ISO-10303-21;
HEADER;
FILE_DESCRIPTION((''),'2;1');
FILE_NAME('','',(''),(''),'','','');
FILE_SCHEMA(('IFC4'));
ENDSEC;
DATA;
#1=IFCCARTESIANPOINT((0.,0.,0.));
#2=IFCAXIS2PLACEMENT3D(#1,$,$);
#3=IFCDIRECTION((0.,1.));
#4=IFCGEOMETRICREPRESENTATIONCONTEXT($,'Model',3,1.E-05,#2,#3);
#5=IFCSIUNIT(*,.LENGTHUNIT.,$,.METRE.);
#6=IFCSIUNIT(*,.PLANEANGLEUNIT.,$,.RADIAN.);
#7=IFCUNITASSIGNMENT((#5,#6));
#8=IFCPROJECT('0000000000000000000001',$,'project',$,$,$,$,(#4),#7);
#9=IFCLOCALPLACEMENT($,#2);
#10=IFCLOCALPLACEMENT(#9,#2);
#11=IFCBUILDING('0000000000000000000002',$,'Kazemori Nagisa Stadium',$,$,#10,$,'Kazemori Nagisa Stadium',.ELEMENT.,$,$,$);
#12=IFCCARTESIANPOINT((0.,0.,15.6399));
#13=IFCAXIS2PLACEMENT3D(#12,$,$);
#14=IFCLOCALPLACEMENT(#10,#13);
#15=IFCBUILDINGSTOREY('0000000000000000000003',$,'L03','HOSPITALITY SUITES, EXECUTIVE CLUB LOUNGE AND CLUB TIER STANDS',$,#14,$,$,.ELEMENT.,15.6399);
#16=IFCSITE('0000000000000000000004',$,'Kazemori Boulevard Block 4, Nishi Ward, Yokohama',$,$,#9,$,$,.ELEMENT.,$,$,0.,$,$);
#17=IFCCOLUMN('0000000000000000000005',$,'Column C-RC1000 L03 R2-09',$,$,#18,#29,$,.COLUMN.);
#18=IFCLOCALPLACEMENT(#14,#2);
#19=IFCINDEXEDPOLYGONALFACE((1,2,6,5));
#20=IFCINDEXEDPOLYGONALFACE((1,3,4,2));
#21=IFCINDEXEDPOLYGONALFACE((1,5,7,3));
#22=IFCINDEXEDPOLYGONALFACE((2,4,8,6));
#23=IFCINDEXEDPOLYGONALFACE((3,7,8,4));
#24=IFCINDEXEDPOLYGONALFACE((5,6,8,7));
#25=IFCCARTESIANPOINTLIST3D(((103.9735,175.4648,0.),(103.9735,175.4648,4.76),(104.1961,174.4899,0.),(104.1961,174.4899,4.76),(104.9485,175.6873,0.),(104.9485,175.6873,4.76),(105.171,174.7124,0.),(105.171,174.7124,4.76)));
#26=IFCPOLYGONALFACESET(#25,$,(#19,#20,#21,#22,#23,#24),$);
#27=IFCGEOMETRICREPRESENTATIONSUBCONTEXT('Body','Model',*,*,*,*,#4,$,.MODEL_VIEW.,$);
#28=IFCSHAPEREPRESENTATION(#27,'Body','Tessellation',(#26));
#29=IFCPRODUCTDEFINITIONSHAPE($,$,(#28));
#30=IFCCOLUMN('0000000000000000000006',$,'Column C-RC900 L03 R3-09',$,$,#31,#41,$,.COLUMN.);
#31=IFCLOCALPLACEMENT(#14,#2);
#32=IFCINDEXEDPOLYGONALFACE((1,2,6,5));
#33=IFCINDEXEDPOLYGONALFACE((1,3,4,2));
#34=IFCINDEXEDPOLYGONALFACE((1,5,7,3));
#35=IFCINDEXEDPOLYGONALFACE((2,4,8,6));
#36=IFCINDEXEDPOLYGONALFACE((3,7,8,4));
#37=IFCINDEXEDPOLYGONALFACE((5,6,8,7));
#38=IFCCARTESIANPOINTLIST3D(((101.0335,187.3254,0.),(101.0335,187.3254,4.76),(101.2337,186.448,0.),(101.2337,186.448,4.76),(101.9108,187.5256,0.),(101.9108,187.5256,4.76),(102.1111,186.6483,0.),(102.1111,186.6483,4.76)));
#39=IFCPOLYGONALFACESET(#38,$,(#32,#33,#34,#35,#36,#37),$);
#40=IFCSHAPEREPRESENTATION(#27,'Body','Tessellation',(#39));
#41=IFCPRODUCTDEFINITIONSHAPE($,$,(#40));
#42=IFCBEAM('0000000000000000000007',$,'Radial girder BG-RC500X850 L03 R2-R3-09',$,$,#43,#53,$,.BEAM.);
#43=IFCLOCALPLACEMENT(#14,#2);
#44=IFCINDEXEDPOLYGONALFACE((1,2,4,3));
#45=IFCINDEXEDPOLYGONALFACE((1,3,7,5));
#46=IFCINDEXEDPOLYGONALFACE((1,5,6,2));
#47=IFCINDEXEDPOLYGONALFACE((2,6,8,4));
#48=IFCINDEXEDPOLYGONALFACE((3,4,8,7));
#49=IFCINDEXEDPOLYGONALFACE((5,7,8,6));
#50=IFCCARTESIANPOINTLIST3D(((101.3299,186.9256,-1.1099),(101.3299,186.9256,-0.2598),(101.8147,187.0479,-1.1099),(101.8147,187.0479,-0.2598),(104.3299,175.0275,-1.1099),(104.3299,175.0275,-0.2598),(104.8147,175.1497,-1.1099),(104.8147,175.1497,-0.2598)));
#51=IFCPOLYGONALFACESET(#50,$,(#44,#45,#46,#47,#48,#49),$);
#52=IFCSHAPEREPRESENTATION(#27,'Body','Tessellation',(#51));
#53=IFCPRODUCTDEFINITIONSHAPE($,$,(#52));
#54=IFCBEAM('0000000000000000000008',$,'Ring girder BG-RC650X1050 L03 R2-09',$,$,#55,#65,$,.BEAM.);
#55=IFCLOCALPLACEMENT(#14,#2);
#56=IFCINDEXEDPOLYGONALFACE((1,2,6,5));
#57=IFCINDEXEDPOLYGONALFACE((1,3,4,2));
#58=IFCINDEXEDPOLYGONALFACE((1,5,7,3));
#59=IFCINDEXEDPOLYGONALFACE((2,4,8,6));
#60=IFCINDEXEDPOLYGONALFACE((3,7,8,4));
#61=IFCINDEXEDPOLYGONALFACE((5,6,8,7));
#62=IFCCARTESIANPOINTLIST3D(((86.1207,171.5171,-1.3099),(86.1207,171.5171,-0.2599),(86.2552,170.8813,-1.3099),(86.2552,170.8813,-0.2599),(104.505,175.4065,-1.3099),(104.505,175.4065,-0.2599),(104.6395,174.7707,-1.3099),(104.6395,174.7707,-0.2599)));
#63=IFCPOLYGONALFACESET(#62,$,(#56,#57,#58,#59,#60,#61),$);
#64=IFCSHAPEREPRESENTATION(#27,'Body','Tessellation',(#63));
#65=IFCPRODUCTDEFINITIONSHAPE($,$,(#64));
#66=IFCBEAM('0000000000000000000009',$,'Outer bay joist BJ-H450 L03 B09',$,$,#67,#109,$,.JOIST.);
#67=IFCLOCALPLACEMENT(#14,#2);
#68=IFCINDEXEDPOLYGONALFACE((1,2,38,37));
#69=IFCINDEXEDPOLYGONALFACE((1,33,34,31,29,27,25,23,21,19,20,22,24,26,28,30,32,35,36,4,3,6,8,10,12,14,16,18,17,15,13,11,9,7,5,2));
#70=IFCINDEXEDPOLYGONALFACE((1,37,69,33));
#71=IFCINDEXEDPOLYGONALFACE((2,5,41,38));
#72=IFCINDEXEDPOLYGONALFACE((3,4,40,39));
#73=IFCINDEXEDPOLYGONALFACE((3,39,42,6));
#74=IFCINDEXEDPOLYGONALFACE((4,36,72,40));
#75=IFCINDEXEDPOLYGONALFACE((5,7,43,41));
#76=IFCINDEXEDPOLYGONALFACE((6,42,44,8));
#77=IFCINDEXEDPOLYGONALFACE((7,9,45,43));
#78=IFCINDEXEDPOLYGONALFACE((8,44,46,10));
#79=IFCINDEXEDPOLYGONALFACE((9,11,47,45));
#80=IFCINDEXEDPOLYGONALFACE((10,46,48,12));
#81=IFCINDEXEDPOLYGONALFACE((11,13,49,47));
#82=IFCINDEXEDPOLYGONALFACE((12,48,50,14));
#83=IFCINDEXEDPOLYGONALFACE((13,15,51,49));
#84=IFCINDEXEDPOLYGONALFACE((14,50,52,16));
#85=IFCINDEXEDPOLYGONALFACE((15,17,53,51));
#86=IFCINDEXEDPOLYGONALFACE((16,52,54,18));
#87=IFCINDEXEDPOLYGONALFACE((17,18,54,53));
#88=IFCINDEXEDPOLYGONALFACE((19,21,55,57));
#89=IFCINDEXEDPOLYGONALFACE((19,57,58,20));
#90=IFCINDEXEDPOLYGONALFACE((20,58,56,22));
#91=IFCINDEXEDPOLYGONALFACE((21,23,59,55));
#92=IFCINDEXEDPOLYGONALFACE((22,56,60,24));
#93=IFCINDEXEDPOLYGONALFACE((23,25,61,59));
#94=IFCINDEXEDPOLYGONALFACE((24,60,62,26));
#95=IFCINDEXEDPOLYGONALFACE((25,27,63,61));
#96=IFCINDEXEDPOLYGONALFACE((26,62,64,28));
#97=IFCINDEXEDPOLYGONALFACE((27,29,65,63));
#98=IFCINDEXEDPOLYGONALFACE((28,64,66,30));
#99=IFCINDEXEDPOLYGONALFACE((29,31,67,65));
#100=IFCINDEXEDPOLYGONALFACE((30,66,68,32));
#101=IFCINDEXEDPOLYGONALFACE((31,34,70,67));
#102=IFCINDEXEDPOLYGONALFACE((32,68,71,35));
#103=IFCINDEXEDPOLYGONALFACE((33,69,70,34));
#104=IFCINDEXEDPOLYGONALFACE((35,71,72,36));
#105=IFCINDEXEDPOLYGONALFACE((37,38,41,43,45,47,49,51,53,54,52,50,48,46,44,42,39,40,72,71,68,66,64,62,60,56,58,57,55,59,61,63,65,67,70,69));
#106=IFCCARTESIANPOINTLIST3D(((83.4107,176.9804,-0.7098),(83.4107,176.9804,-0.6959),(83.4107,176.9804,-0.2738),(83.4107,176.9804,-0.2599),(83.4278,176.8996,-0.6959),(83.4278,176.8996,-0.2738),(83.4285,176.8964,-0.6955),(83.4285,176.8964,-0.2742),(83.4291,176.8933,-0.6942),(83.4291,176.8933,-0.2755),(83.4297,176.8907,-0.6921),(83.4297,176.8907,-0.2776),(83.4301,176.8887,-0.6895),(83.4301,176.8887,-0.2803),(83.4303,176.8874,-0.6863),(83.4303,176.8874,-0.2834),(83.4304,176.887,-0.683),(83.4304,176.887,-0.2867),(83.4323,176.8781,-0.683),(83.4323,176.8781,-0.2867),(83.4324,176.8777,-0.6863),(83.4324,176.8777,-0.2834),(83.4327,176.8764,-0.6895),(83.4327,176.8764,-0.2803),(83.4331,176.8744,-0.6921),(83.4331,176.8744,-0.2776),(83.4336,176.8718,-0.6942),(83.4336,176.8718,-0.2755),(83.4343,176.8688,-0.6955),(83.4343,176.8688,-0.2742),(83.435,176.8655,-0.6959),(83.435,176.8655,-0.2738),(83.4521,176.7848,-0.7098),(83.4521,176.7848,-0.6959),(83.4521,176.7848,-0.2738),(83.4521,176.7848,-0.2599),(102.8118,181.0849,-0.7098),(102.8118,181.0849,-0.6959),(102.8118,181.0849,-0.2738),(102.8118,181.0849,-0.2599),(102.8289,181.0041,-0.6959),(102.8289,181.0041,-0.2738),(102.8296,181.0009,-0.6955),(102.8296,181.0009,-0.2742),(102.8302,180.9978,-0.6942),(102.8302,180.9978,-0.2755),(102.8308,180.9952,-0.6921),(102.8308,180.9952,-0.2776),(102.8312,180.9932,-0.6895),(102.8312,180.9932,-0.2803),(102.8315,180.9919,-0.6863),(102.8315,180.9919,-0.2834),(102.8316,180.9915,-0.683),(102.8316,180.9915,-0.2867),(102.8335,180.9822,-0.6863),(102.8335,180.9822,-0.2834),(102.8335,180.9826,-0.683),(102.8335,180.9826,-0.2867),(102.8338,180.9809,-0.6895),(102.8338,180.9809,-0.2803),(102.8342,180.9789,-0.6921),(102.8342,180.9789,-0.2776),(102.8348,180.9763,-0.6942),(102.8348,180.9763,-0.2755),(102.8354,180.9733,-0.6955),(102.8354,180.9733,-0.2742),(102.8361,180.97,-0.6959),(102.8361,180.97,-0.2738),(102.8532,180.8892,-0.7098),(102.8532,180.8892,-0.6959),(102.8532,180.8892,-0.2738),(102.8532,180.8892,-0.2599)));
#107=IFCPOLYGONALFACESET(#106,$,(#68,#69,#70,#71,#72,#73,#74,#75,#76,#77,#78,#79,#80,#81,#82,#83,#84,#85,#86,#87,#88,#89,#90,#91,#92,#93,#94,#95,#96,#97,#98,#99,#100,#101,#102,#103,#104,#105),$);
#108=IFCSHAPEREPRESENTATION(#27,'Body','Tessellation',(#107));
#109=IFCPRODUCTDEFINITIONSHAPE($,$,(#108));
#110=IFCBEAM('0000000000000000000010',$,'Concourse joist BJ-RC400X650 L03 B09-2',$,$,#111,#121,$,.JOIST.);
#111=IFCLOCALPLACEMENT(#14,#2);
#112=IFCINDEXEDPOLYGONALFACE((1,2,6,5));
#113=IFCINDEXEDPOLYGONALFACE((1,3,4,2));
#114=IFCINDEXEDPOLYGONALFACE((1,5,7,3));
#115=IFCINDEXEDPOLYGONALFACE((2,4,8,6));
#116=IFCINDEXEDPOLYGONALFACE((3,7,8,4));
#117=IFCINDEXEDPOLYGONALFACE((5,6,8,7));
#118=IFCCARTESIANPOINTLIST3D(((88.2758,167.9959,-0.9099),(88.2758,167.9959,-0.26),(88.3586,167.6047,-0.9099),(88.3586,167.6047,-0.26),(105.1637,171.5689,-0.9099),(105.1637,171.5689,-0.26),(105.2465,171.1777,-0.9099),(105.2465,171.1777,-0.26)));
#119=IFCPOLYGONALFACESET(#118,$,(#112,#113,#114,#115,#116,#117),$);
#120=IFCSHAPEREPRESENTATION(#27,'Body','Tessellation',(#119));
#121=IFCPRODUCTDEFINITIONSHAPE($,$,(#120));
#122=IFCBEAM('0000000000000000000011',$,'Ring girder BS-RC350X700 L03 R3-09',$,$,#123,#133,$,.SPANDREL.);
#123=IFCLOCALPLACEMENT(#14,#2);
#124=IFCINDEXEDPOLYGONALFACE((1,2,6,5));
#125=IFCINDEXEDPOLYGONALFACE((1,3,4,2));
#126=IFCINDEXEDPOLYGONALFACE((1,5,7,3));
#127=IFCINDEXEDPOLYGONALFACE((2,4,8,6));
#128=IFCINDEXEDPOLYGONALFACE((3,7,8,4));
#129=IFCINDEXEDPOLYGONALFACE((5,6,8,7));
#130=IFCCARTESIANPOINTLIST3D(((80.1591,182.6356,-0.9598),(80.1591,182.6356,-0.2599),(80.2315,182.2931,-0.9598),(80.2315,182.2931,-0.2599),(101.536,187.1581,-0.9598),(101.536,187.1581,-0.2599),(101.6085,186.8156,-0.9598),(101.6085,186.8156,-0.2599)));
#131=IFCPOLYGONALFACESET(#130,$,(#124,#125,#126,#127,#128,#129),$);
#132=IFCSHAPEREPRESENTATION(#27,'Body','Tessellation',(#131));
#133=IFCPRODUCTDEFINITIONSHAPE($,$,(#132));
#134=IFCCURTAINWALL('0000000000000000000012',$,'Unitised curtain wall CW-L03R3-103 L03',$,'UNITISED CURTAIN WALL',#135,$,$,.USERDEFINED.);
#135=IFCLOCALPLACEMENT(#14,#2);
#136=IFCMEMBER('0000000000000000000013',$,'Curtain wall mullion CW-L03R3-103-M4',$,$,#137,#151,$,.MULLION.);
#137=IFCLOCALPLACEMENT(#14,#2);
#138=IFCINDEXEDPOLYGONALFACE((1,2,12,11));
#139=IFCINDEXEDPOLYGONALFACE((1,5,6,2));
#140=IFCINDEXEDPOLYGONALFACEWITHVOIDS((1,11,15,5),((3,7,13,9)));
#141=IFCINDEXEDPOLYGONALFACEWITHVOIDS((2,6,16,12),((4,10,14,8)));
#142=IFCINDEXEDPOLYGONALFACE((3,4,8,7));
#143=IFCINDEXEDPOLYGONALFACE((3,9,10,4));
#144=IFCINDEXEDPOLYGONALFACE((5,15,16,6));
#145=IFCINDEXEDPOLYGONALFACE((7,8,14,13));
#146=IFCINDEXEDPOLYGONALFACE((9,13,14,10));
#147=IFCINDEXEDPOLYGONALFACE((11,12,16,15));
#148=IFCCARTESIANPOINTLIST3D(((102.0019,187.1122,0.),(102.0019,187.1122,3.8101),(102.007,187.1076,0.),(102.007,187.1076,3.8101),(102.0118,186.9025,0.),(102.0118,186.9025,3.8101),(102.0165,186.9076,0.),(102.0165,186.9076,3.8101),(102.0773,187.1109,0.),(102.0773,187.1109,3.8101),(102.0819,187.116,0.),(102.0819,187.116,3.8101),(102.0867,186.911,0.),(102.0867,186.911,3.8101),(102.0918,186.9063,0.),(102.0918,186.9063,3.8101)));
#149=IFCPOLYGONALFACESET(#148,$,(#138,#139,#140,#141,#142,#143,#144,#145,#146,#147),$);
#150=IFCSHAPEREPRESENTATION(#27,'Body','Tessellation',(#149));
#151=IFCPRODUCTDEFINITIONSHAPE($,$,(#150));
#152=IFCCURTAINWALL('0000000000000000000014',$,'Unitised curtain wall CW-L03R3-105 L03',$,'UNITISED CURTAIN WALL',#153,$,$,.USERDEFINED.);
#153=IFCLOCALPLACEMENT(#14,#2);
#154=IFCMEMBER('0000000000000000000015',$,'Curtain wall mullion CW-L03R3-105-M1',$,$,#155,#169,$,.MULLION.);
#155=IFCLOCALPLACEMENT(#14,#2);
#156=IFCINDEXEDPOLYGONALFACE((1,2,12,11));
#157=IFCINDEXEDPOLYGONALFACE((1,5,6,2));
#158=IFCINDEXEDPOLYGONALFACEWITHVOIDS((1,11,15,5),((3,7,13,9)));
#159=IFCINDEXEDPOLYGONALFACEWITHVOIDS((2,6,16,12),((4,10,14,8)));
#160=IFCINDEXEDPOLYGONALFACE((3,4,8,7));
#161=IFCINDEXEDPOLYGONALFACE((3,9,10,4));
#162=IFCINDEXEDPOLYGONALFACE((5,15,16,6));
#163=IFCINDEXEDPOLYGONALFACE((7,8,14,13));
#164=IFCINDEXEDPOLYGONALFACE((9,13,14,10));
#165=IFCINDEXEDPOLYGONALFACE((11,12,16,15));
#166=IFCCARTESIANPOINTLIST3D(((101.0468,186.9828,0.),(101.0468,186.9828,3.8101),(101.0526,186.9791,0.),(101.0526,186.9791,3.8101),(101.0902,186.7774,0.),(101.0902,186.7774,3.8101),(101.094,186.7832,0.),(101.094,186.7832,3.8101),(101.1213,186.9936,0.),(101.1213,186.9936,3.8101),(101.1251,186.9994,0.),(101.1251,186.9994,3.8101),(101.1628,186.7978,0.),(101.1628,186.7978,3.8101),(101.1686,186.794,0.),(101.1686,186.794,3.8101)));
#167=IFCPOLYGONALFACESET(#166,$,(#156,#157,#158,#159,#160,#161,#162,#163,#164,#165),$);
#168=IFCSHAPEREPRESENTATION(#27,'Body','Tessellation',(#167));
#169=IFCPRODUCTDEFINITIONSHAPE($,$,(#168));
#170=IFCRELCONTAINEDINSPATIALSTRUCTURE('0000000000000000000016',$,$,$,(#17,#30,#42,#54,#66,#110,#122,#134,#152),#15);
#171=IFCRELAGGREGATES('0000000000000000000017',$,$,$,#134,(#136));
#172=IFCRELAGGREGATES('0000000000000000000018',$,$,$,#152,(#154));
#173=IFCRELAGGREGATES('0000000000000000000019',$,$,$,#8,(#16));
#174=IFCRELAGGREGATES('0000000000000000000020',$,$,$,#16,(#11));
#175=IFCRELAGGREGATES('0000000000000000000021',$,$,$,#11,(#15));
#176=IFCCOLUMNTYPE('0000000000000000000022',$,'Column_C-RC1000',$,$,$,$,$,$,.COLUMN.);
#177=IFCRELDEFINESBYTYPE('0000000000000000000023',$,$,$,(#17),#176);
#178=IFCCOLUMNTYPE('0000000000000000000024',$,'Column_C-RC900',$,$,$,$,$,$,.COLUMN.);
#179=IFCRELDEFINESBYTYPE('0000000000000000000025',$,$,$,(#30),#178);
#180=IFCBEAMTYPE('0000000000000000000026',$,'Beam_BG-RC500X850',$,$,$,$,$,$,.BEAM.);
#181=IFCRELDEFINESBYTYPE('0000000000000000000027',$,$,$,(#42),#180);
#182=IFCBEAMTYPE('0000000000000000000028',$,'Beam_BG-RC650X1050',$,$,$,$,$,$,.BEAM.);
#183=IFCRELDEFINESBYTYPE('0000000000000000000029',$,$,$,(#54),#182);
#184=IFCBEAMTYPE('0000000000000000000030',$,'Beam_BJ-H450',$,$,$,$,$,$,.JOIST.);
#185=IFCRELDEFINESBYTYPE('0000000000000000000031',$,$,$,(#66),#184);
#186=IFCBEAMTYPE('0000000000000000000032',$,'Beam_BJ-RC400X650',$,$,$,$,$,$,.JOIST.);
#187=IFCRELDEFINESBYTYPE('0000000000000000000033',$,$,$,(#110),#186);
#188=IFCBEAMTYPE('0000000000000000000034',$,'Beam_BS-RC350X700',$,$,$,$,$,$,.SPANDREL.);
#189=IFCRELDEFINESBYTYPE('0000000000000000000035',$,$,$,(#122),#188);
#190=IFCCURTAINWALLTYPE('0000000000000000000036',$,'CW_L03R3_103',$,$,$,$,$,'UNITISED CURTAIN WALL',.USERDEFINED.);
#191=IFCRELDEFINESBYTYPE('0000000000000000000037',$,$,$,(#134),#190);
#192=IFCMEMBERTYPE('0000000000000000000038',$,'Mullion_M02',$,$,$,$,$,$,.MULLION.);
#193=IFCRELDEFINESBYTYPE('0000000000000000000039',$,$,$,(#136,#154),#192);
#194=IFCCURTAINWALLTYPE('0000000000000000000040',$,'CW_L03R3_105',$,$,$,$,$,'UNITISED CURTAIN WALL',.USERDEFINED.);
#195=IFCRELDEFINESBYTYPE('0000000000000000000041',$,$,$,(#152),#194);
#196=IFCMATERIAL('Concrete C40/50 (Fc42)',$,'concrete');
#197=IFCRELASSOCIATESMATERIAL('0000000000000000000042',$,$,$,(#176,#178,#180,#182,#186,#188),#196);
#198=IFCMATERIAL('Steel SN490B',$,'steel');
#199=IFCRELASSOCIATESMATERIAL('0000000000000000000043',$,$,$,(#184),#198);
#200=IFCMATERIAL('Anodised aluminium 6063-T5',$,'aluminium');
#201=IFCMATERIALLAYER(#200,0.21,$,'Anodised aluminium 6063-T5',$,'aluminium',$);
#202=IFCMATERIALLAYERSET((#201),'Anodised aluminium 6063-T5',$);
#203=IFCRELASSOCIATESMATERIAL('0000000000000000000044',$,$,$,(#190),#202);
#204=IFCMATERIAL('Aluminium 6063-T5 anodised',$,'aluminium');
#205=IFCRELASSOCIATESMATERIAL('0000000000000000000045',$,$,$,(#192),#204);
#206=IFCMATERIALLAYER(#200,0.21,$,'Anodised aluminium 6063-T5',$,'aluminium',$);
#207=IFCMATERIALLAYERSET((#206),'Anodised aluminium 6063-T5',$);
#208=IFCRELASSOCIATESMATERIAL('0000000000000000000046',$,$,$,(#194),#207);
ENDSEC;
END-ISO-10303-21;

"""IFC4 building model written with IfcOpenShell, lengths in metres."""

from ifc_helpers import new_model, si_unit, direction, frame, origin, origin_2d, place, context, subcontext, project, spatial, rectangle, hollow_rectangle, i_section, extrude, material, layer, layer_set, material_profile, profile_set, type_object, element, aggregate, save


model = new_model("IFC4")

# Units and contexts
model_context = context("Model", 3, precision=1e-05, world=origin(), true_north=direction((0.0, 1.0)))
body_context = subcontext(model_context, "Body", "Model", "MODEL_VIEW")
ifc_project = project(units=[si_unit("LENGTHUNIT", "METRE"), si_unit("PLANEANGLEUNIT", "RADIAN")], contexts=[model_context])

# Site, building, storey
site_placement = place(None, origin())
site = spatial("IfcSite", under=ifc_project, at=site_placement, Name="Kazemori Boulevard Block 4, Nishi Ward, Yokohama", CompositionType="ELEMENT", RefElevation=0.0)
building_placement = place(site_placement, origin())
building = spatial("IfcBuilding", under=site, at=building_placement, Name="Kazemori Nagisa Stadium", LongName="Kazemori Nagisa Stadium", CompositionType="ELEMENT")
storey_placement = place(building_placement, frame((0.0, 0.0, 15.6399)))
storey = spatial("IfcBuildingStorey", under=building, at=storey_placement, Name="L03", Description="HOSPITALITY SUITES, EXECUTIVE CLUB LOUNGE AND CLUB TIER STANDS", CompositionType="ELEMENT", Elevation=15.6399)

# Columns
ifc_material_1 = material(Name="Concrete C40/50 (Fc42)", Category="concrete")
ifc_material_profile_1 = material_profile(ifc_material_1, rectangle(XDim=1.0, YDim=1.0, at=origin_2d()), Name="RC-COL-1000x1000")
ifc_profile_set_1 = profile_set([ifc_material_profile_1], Name="Concrete C40/50 (Fc42)")
column_type_1 = type_object("IfcColumnType", Name="Column_C-RC1000", PredefinedType="COLUMN", material=ifc_profile_set_1)
column_1_placement = place(storey_placement, frame((104.5723, 175.0886, 0.0), z_axis=(0.0, 0.0, 1.0), x_axis=(-0.222521, 0.974928, 0.0)))
element("IfcColumn", 1, at=column_1_placement, inside=storey, type_object=column_type_1, Name="Column C-RC1000 L03 R2-09", PredefinedType="COLUMN", context=body_context, shape_type="SweptSolid", body=[
    extrude(rectangle(XDim=1.0, YDim=1.0, at=origin_2d()), origin(), (0.0, 0.0, 1.0), 4.76),
])
ifc_material_profile_2 = material_profile(ifc_material_1, rectangle(XDim=0.8999, YDim=0.8999, at=origin_2d()), Name="RC-COL-900x900")
ifc_profile_set_2 = profile_set([ifc_material_profile_2], Name="Concrete C40/50 (Fc42)")
column_type_2 = type_object("IfcColumnType", Name="Column_C-RC900", PredefinedType="COLUMN", material=ifc_profile_set_2)
column_2_placement = place(storey_placement, frame((101.5723, 186.9868, 0.0), z_axis=(0.0, 0.0, 1.0), x_axis=(-0.222521, 0.974928, 0.0)))
element("IfcColumn", 2, at=column_2_placement, inside=storey, type_object=column_type_2, Name="Column C-RC900 L03 R3-09", PredefinedType="COLUMN", context=body_context, shape_type="SweptSolid", body=[
    extrude(rectangle(XDim=0.8999, YDim=0.8999, at=origin_2d()), origin(), (0.0, 0.0, 1.0), 4.76),
])

# Beams
ifc_material_profile_3 = material_profile(ifc_material_1, rectangle(XDim=0.5, YDim=0.8501, at=origin_2d()), Name="RC-BM-500x850")
ifc_profile_set_3 = profile_set([ifc_material_profile_3], Name="Concrete C40/50 (Fc42)")
beam_type_1 = type_object("IfcBeamType", Name="Beam_BG-RC500X850", PredefinedType="BEAM", material=ifc_profile_set_3)
beam_1_placement = place(storey_placement, frame((104.5723, 175.0886, -0.6848), z_axis=(-0.244487, 0.969652, 0.0), x_axis=(-0.969652, -0.244487, 0.0)))
element("IfcBeam", 3, at=beam_1_placement, inside=storey, type_object=beam_type_1, Name="Radial girder BG-RC500X850 L03 R2-R3-09", PredefinedType="BEAM", context=body_context, shape_type="SweptSolid", body=[
    extrude(rectangle(XDim=0.5, YDim=0.8501, at=origin_2d()), origin(), (0.0, 0.0, 1.0), 12.2705),
])
ifc_material_profile_4 = material_profile(ifc_material_1, rectangle(XDim=0.6499, YDim=1.05, at=origin_2d()), Name="RC-BM-650x1050")
ifc_profile_set_4 = profile_set([ifc_material_profile_4], Name="Concrete C40/50 (Fc42)")
beam_type_2 = type_object("IfcBeamType", Name="Beam_BG-RC650X1050", PredefinedType="BEAM", material=ifc_profile_set_4)
beam_2_placement = place(storey_placement, frame((104.5723, 175.0886, -0.7849), z_axis=(-0.978345, -0.20698, 0.0), x_axis=(0.20698, -0.978345, 0.0)))
element("IfcBeam", 4, at=beam_2_placement, inside=storey, type_object=beam_type_2, Name="Ring girder BG-RC650X1050 L03 R2-09", PredefinedType="BEAM", context=body_context, shape_type="SweptSolid", body=[
    extrude(rectangle(XDim=0.6499, YDim=1.05, at=origin_2d()), origin(), (0.0, 0.0, 1.0), 18.7913),
])
ifc_material_2 = material(Name="Steel SN490B", Category="steel")
ifc_material_profile_5 = material_profile(ifc_material_2, i_section(OverallWidth=0.2, OverallDepth=0.45, WebThickness=0.009, FlangeThickness=0.0139, FilletRadius=0.0129, at=origin_2d()), Name="H-450x200x9x14")
ifc_profile_set_5 = profile_set([ifc_material_profile_5], Name="Steel SN490B")
beam_type_3 = type_object("IfcBeamType", Name="Beam_BJ-H450", PredefinedType="JOIST", material=ifc_profile_set_5)
beam_3_placement = place(storey_placement, frame((102.8325, 180.9871, -0.4849), z_axis=(-0.978346, -0.206978, 0.0), x_axis=(0.206978, -0.978346, 0.0)))
element("IfcBeam", 5, at=beam_3_placement, inside=storey, type_object=beam_type_3, Name="Outer bay joist BJ-H450 L03 B09", PredefinedType="JOIST", context=body_context, shape_type="SweptSolid", body=[
    extrude(i_section(OverallWidth=0.2, OverallDepth=0.45, WebThickness=0.009, FlangeThickness=0.0139, FilletRadius=0.0129, at=origin_2d()), origin(), (0.0, 0.0, 1.0), 19.8306),
])
ifc_material_profile_6 = material_profile(ifc_material_1, rectangle(XDim=0.3999, YDim=0.6499, at=origin_2d()), Name="RC-BM-400x650")
ifc_profile_set_6 = profile_set([ifc_material_profile_6], Name="Concrete C40/50 (Fc42)")
beam_type_4 = type_object("IfcBeamType", Name="Beam_BJ-RC400X650", PredefinedType="JOIST", material=ifc_profile_set_6)
beam_4_placement = place(storey_placement, frame((105.2051, 171.3733, -0.585), z_axis=(-0.978343, -0.206989, 0.0), x_axis=(0.206989, -0.978343, 0.0)))
element("IfcBeam", 6, at=beam_4_placement, inside=storey, type_object=beam_type_4, Name="Concourse joist BJ-RC400X650 L03 B09-2", PredefinedType="JOIST", context=body_context, shape_type="SweptSolid", body=[
    extrude(rectangle(XDim=0.3999, YDim=0.6499, at=origin_2d()), origin(), (0.0, 0.0, 1.0), 17.2617),
])
ifc_material_profile_7 = material_profile(ifc_material_1, rectangle(XDim=0.3501, YDim=0.7, at=origin_2d()), Name="RC-SP-350x700")
ifc_profile_set_7 = profile_set([ifc_material_profile_7], Name="Concrete C40/50 (Fc42)")
beam_type_5 = type_object("IfcBeamType", Name="Beam_BS-RC350X700", PredefinedType="SPANDREL", material=ifc_profile_set_7)
beam_5_placement = place(storey_placement, frame((101.5723, 186.9868, -0.6099), z_axis=(-0.978346, -0.206977, 0.0), x_axis=(0.206977, -0.978346, 0.0)))
element("IfcBeam", 7, at=beam_5_placement, inside=storey, type_object=beam_type_5, Name="Ring girder BS-RC350X700 L03 R3-09", PredefinedType="SPANDREL", context=body_context, shape_type="SweptSolid", body=[
    extrude(rectangle(XDim=0.3501, YDim=0.7, at=origin_2d()), origin(), (0.0, 0.0, 1.0), 21.8501),
])

# Curtain wall, member
ifc_material_3 = material(Name="Anodised aluminium 6063-T5", Category="aluminium")
ifc_layer_1 = layer(ifc_material_3, 0.21, Name="Anodised aluminium 6063-T5", Category="aluminium")
ifc_layer_set_1 = layer_set([ifc_layer_1], Name="Anodised aluminium 6063-T5")
curtain_wall_type_1 = type_object("IfcCurtainWallType", Name="CW_L03R3_103", ElementType="UNITISED CURTAIN WALL", PredefinedType="USERDEFINED", material=ifc_layer_set_1)
curtain_wall_1_placement = place(storey_placement, origin())
curtain_wall_1 = element("IfcCurtainWall", 8, at=curtain_wall_1_placement, inside=storey, type_object=curtain_wall_type_1, Name="Unitised curtain wall CW-L03R3-103 L03", ObjectType="UNITISED CURTAIN WALL", PredefinedType="USERDEFINED")
ifc_material_4 = material(Name="Aluminium 6063-T5 anodised", Category="aluminium")
ifc_material_profile_8 = material_profile(ifc_material_4, hollow_rectangle(XDim=0.0801, YDim=0.21, WallThickness=0.0049, at=origin_2d()), Name="ALU-MULL-80x210x5")
ifc_profile_set_8 = profile_set([ifc_material_profile_8], Name="Aluminium 6063-T5 anodised")
member_type_1 = type_object("IfcMemberType", Name="Mullion_M02", PredefinedType="MULLION", material=ifc_profile_set_8)
member_1_placement = place(storey_placement, frame((102.0469, 187.0093, 0.0), z_axis=(0.0, 0.0, 1.0), x_axis=(-0.998884, -0.04723, 0.0)))
member_1 = element("IfcMember", 9, at=member_1_placement, type_object=member_type_1, Name="Curtain wall mullion CW-L03R3-103-M4", PredefinedType="MULLION", context=body_context, shape_type="SweptSolid", body=[
    extrude(hollow_rectangle(XDim=0.0801, YDim=0.21, WallThickness=0.0049, at=origin_2d()), origin(), (0.0, 0.0, 1.0), 3.8101),
])
aggregate(curtain_wall_1, [member_1])

# Curtain wall, member
ifc_layer_2 = layer(ifc_material_3, 0.21, Name="Anodised aluminium 6063-T5", Category="aluminium")
ifc_layer_set_2 = layer_set([ifc_layer_2], Name="Anodised aluminium 6063-T5")
curtain_wall_type_2 = type_object("IfcCurtainWallType", Name="CW_L03R3_105", ElementType="UNITISED CURTAIN WALL", PredefinedType="USERDEFINED", material=ifc_layer_set_2)
curtain_wall_2_placement = place(storey_placement, origin())
curtain_wall_2 = element("IfcCurtainWall", 10, at=curtain_wall_2_placement, inside=storey, type_object=curtain_wall_type_2, Name="Unitised curtain wall CW-L03R3-105 L03", ObjectType="UNITISED CURTAIN WALL", PredefinedType="USERDEFINED")
member_2_placement = place(storey_placement, frame((101.1077, 186.8884, 0.0), z_axis=(0.0, 0.0, 1.0), x_axis=(-0.978345, -0.206981, 0.0)))
member_2 = element("IfcMember", 11, at=member_2_placement, type_object=member_type_1, Name="Curtain wall mullion CW-L03R3-105-M1", PredefinedType="MULLION", context=body_context, shape_type="SweptSolid", body=[
    extrude(hollow_rectangle(XDim=0.0801, YDim=0.21, WallThickness=0.0049, at=origin_2d()), origin(), (0.0, 0.0, 1.0), 3.8101),
])
aggregate(curtain_wall_2, [member_2])

save(model, "model.ifc")
